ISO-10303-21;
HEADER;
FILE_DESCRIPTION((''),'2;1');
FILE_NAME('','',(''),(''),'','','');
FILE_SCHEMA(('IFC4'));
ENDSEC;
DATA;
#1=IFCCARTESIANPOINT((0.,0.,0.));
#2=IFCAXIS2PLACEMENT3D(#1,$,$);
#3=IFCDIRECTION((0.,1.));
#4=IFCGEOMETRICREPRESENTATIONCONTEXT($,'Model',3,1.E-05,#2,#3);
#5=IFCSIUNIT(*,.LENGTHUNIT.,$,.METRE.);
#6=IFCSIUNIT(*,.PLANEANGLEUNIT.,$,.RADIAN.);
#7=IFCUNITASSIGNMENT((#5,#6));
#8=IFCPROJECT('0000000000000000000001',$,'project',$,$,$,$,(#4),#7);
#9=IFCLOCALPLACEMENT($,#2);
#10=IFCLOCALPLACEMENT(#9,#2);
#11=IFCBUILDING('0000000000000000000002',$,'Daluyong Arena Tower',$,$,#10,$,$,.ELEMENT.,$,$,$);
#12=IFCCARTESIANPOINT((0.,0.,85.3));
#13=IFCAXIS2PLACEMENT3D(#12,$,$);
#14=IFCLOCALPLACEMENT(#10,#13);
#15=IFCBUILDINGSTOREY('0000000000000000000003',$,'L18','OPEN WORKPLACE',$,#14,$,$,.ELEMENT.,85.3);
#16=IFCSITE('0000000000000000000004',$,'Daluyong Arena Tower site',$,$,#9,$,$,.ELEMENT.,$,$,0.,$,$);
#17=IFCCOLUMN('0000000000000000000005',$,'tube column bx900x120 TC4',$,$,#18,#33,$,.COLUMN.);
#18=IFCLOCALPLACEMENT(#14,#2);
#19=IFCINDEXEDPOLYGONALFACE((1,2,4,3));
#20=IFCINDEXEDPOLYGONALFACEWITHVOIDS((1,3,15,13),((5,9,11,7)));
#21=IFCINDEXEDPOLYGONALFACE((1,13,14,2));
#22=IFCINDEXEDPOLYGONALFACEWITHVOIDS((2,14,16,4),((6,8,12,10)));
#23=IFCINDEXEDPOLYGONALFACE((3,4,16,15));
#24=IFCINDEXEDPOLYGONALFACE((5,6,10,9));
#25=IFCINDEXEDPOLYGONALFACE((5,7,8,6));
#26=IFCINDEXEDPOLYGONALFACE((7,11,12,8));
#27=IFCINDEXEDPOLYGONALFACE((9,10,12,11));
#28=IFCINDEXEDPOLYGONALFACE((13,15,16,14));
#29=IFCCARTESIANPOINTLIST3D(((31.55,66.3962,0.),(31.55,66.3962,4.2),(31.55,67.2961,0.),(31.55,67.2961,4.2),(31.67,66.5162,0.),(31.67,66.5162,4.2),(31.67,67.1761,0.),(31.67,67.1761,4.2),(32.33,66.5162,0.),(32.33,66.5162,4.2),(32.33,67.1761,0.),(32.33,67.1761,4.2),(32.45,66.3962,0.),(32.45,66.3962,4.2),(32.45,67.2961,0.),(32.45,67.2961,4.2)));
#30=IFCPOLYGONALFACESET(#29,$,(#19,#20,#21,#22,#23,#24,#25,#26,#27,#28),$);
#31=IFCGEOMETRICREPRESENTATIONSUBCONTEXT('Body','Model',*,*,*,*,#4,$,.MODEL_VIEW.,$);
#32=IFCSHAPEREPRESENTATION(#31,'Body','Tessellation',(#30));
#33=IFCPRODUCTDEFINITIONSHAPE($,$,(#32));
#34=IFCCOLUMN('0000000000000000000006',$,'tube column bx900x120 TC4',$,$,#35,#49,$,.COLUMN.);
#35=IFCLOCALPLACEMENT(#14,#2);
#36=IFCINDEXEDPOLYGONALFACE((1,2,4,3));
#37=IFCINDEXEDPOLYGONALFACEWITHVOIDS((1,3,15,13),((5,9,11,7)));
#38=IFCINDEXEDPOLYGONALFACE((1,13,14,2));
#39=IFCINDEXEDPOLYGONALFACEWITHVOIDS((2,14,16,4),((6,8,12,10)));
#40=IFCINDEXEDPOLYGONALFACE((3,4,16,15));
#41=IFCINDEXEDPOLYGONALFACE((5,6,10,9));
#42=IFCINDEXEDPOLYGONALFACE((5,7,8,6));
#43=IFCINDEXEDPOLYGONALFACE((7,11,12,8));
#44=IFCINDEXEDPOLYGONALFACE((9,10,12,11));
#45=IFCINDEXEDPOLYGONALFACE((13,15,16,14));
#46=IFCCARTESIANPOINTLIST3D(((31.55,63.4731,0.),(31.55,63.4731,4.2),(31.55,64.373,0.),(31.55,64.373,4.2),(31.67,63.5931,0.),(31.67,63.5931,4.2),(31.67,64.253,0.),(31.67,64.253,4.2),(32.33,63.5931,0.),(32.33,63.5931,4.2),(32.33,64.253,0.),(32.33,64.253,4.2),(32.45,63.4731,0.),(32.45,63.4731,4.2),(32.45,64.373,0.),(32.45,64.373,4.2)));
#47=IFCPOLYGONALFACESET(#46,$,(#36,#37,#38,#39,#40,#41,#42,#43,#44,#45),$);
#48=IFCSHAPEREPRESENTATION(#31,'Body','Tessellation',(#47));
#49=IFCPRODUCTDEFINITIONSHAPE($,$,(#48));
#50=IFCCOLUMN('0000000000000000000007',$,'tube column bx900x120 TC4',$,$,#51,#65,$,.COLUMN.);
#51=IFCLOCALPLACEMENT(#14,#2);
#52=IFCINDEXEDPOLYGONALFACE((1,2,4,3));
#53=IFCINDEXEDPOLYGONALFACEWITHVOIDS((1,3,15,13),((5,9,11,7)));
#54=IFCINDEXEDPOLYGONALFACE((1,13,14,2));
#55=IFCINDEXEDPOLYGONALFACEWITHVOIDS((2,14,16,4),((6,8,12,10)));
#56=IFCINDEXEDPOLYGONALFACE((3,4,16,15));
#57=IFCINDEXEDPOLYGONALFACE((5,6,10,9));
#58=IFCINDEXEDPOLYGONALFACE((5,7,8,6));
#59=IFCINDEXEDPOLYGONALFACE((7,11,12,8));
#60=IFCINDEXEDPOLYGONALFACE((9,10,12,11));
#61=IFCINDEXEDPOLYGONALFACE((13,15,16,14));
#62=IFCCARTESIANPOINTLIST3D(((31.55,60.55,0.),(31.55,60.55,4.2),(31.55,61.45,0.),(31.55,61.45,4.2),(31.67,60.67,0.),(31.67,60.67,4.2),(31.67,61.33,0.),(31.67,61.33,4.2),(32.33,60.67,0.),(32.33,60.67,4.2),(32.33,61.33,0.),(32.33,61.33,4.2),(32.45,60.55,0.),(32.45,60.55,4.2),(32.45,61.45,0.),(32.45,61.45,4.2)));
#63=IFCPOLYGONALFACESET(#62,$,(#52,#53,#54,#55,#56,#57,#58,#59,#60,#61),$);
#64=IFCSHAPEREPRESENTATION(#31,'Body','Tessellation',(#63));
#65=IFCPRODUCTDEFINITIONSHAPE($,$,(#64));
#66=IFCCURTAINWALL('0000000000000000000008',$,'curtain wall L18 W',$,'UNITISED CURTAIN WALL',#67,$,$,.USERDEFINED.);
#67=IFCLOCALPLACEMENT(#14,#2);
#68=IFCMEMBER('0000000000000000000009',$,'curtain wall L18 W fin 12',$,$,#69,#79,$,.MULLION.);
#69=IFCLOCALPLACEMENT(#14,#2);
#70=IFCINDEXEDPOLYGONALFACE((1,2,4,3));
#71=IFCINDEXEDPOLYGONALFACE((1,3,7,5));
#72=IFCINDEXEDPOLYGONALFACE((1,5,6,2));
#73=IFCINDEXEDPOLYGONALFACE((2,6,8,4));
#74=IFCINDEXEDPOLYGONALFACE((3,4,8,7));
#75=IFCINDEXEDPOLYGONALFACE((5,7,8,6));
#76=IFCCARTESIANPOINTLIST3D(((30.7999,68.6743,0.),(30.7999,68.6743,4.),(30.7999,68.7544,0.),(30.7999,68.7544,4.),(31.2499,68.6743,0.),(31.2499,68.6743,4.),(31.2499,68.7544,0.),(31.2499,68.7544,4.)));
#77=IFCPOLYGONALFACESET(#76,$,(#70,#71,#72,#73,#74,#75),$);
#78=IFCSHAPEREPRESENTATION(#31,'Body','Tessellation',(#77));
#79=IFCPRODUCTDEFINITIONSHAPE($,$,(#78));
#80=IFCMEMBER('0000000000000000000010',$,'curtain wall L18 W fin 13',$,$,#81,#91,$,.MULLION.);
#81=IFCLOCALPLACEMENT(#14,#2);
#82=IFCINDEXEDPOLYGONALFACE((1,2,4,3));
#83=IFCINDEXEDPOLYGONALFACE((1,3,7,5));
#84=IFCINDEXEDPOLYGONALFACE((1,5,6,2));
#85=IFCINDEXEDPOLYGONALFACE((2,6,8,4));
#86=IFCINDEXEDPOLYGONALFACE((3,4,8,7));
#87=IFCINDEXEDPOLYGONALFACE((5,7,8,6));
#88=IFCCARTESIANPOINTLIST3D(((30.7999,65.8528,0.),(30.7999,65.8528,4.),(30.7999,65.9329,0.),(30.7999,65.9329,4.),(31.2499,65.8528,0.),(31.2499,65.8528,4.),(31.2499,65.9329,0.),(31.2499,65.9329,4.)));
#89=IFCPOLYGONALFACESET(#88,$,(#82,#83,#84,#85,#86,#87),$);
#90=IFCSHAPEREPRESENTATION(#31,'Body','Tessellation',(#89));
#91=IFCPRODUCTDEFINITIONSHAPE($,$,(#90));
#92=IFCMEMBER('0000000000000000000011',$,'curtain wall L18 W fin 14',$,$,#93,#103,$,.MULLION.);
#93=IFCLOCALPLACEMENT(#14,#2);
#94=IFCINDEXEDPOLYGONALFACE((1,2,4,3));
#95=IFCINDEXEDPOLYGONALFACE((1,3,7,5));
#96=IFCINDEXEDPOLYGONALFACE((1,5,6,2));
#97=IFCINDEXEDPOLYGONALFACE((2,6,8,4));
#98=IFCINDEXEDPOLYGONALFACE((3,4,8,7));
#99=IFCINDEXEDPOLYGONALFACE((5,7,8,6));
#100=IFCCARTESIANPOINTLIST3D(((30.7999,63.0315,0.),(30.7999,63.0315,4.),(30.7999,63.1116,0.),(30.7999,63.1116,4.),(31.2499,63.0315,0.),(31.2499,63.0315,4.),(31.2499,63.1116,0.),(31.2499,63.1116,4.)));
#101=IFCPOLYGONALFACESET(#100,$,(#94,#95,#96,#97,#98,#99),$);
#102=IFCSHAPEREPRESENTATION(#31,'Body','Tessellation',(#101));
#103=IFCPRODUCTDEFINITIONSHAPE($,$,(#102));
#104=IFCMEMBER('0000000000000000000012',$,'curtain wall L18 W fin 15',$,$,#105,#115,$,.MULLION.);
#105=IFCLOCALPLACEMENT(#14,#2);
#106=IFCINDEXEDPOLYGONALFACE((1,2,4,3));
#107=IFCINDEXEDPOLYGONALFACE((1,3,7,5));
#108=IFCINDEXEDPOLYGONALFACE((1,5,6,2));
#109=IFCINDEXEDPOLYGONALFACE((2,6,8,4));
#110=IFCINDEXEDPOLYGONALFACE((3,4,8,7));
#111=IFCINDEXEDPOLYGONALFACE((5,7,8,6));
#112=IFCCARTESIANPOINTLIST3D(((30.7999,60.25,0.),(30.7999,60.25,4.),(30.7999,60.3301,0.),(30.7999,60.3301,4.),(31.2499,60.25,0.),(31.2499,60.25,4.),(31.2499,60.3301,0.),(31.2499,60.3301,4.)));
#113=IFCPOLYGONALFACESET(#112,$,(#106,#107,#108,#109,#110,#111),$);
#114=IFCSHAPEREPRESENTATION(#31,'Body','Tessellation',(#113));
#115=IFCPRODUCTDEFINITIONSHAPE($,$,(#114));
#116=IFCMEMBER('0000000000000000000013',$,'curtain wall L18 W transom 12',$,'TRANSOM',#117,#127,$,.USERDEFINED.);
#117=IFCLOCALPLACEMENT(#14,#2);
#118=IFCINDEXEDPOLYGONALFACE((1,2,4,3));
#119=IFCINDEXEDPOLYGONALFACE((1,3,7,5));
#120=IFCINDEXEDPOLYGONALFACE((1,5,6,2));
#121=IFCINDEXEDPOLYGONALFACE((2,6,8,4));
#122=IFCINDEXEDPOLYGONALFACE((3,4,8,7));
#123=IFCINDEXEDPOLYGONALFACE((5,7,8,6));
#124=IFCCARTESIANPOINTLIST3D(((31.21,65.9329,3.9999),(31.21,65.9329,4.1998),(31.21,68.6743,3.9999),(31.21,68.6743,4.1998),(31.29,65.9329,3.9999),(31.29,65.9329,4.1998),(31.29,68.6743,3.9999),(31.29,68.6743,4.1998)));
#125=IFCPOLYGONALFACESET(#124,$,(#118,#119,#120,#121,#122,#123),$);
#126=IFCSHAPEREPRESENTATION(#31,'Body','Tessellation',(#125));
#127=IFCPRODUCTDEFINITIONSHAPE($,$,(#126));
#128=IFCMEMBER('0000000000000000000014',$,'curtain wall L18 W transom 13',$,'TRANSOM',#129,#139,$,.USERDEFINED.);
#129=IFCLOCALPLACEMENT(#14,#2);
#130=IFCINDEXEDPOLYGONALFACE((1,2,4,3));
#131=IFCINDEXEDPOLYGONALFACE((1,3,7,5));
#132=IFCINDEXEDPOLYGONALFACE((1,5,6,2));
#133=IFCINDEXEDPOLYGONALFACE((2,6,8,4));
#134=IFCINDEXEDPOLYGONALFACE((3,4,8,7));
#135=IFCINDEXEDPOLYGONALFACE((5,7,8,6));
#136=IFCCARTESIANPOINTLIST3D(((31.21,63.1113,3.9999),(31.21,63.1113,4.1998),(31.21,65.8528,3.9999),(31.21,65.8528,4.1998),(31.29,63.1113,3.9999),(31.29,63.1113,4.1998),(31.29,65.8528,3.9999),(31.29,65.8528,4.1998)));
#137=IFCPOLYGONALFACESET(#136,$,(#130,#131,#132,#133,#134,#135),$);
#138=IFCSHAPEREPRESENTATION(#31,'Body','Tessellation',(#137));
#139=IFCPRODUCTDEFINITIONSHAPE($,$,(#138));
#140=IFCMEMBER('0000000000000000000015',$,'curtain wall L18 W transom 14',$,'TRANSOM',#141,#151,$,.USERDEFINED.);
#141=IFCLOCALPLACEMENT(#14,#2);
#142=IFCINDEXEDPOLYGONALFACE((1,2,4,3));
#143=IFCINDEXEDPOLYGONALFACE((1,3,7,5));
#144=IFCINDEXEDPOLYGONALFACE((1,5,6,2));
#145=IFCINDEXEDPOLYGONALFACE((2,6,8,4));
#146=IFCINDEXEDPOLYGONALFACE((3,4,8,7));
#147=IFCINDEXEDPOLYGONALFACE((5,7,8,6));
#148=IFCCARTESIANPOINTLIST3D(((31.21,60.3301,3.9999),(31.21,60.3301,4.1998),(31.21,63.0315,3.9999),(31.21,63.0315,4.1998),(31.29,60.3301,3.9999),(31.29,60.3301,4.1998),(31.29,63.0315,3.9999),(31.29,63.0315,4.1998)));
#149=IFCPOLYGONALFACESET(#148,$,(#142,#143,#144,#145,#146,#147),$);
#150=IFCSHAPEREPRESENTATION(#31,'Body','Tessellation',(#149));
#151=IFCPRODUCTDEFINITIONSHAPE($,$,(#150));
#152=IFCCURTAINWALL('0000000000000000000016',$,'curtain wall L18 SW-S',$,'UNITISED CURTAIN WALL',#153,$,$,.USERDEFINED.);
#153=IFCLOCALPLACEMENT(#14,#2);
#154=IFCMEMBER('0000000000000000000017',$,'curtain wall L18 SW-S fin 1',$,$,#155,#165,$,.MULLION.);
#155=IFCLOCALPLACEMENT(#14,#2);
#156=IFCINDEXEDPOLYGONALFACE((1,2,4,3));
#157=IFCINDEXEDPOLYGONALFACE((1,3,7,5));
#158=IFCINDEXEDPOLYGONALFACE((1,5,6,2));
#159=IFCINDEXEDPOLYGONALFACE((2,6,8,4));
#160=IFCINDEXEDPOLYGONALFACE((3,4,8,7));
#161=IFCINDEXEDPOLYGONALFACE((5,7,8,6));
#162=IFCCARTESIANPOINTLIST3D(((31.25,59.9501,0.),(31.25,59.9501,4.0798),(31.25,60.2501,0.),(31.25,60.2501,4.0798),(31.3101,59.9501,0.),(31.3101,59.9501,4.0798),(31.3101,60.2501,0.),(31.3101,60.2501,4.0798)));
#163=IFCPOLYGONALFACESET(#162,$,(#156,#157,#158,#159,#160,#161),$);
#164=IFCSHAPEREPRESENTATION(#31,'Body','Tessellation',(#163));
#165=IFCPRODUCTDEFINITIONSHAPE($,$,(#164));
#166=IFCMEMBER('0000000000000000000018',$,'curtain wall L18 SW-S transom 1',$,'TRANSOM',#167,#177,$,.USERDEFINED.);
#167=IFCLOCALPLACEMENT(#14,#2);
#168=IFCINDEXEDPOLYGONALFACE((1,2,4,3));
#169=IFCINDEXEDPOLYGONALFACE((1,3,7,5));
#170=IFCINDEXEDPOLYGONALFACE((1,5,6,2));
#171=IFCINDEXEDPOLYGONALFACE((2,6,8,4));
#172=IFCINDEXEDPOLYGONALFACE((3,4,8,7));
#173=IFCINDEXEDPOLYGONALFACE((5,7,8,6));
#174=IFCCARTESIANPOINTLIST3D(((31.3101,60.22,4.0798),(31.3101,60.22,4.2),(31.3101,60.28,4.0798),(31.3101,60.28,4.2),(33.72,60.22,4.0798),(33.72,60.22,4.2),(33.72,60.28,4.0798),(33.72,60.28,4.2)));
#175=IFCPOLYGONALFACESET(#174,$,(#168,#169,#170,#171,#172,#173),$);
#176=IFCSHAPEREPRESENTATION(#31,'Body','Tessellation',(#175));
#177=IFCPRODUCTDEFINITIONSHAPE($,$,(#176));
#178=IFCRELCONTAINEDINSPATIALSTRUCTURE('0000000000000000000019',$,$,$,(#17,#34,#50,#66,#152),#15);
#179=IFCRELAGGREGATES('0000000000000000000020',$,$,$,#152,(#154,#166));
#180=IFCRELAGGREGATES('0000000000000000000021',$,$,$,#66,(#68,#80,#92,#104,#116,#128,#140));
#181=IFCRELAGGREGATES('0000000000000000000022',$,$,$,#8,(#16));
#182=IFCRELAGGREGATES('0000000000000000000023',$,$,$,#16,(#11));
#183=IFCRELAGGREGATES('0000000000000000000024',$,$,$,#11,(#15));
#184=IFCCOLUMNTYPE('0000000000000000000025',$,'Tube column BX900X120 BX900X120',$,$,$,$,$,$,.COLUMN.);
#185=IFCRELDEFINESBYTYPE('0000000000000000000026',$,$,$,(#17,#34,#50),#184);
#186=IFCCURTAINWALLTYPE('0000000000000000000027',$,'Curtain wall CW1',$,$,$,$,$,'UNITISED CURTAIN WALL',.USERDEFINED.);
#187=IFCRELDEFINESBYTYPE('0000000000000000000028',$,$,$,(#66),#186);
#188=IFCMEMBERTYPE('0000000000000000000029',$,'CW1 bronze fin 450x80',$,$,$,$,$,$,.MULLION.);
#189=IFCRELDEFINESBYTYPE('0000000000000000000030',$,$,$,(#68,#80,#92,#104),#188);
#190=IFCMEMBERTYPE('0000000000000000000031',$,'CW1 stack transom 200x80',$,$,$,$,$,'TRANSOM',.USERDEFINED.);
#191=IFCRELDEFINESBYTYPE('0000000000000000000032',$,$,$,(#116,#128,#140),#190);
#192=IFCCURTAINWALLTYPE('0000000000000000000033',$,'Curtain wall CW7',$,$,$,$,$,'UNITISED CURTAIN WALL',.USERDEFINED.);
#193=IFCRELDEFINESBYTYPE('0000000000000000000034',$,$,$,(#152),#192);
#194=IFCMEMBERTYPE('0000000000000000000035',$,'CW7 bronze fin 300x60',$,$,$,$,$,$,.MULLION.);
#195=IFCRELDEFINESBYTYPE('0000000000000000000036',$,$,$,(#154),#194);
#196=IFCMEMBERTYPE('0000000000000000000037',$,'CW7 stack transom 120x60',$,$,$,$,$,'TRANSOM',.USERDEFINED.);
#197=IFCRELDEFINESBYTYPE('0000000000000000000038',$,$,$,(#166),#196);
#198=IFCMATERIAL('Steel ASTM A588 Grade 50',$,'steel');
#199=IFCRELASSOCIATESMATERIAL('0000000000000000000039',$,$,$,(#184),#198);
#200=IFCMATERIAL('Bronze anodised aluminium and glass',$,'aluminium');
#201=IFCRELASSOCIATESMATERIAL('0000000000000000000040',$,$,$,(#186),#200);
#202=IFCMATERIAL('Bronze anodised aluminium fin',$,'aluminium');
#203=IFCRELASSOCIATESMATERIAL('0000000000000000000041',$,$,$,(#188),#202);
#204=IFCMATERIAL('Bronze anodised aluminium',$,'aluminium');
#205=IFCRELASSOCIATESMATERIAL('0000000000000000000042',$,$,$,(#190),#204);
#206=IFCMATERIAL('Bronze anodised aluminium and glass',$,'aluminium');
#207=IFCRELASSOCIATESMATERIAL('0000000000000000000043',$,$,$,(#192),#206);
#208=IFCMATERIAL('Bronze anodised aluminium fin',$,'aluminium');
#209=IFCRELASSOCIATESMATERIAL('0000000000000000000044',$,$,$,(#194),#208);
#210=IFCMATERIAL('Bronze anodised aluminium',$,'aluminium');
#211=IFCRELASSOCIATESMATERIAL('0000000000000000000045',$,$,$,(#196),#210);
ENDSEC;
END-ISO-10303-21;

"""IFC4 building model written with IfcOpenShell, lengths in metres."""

from ifc_helpers import new_model, si_unit, direction, frame, origin, origin_2d, place, context, subcontext, project, spatial, rectangle, hollow_rectangle, extrude, material, material_profile, profile_set, type_object, element, aggregate, save


model = new_model("IFC4")

# Units and contexts
model_context = context("Model", 3, precision=1e-05, world=origin(), true_north=direction((0.0, 1.0)))
body_context = subcontext(model_context, "Body", "Model", "MODEL_VIEW")
ifc_project = project(units=[si_unit("LENGTHUNIT", "METRE"), si_unit("PLANEANGLEUNIT", "RADIAN")], contexts=[model_context])

# Site, building, storey
site_placement = place(None, origin())
site = spatial("IfcSite", under=ifc_project, at=site_placement, Name="Daluyong Arena Tower site", CompositionType="ELEMENT", RefElevation=0.0)
building_placement = place(site_placement, origin())
building = spatial("IfcBuilding", under=site, at=building_placement, Name="Daluyong Arena Tower", CompositionType="ELEMENT")
storey_placement = place(building_placement, frame((0.0, 0.0, 85.3)))
storey = spatial("IfcBuildingStorey", under=building, at=storey_placement, Name="L18", Description="OPEN WORKPLACE", CompositionType="ELEMENT", Elevation=85.3)

# Columns
ifc_material_1 = material(Name="Steel ASTM A588 Grade 50", Category="steel")
ifc_material_profile_1 = material_profile(ifc_material_1, hollow_rectangle(XDim=0.8999, YDim=0.8999, WallThickness=0.12, at=origin_2d()))
ifc_profile_set_1 = profile_set([ifc_material_profile_1], Name="Steel ASTM A588 Grade 50")
column_type = type_object("IfcColumnType", Name="Tube column BX900X120 BX900X120", PredefinedType="COLUMN", material=ifc_profile_set_1)
for number, where, z_axis, x_axis, name in (
    (1, (32.0, 66.8462, 0.0), (0.0, 0.0, 1.0), (0.0, 1.0, 0.0), "tube column bx900x120 TC4"),
    (2, (32.0, 63.9231, 0.0), (0.0, 0.0, 1.0), (0.0, 1.0, 0.0), "tube column bx900x120 TC4"),
    (3, (32.0, 61.0, 0.0), (0.0, 0.0, 1.0), (1.0, 0.0, 0.0), "tube column bx900x120 TC4"),
):
    element("IfcColumn", number, at=place(storey_placement, frame(where, z_axis=z_axis, x_axis=x_axis)), inside=storey, type_object=column_type, Name=name, PredefinedType="COLUMN", context=body_context, shape_type="SweptSolid", body=[
        extrude(hollow_rectangle(XDim=0.8999, YDim=0.8999, WallThickness=0.12, at=origin_2d()), origin(), (0.0, 0.0, 1.0), 4.2),
    ])

# Curtain walls, members
ifc_material_2 = material(Name="Bronze anodised aluminium and glass", Category="aluminium")
curtain_wall_type_1 = type_object("IfcCurtainWallType", Name="Curtain wall CW1", ElementType="UNITISED CURTAIN WALL", PredefinedType="USERDEFINED", material=ifc_material_2)
curtain_wall_1_placement = place(storey_placement, origin())
curtain_wall_1 = element("IfcCurtainWall", 4, at=curtain_wall_1_placement, inside=storey, type_object=curtain_wall_type_1, Name="curtain wall L18 W", ObjectType="UNITISED CURTAIN WALL", PredefinedType="USERDEFINED")
ifc_material_3 = material(Name="Bronze anodised aluminium fin", Category="aluminium")
ifc_material_profile_2 = material_profile(ifc_material_3, rectangle(XDim=0.45, YDim=0.0801, at=origin_2d()))
ifc_profile_set_2 = profile_set([ifc_material_profile_2], Name="Bronze anodised aluminium fin")
member_type_1 = type_object("IfcMemberType", Name="CW1 bronze fin 450x80", PredefinedType="MULLION", material=ifc_profile_set_2)
member_1_placement = place(storey_placement, frame((31.0249, 68.7144, 0.0), z_axis=(0.0, 0.0, 1.0), x_axis=(1.0, 0.0, 0.0)))
member_1 = element("IfcMember", 5, at=member_1_placement, type_object=member_type_1, Name="curtain wall L18 W fin 12", PredefinedType="MULLION", context=body_context, shape_type="SweptSolid", body=[
    extrude(rectangle(XDim=0.45, YDim=0.0801, at=origin_2d()), origin(), (0.0, 0.0, 1.0), 4.0),
])
member_2_placement = place(storey_placement, frame((31.0249, 65.8928, 0.0), z_axis=(0.0, 0.0, 1.0), x_axis=(1.0, 0.0, 0.0)))
member_2 = element("IfcMember", 6, at=member_2_placement, type_object=member_type_1, Name="curtain wall L18 W fin 13", PredefinedType="MULLION", context=body_context, shape_type="SweptSolid", body=[
    extrude(rectangle(XDim=0.45, YDim=0.0801, at=origin_2d()), origin(), (0.0, 0.0, 1.0), 4.0),
])
member_3_placement = place(storey_placement, frame((31.0249, 63.0715, 0.0), z_axis=(0.0, 0.0, 1.0), x_axis=(1.0, 0.0, 0.0)))
member_3 = element("IfcMember", 7, at=member_3_placement, type_object=member_type_1, Name="curtain wall L18 W fin 14", PredefinedType="MULLION", context=body_context, shape_type="SweptSolid", body=[
    extrude(rectangle(XDim=0.45, YDim=0.0801, at=origin_2d()), origin(), (0.0, 0.0, 1.0), 4.0),
])
member_4_placement = place(storey_placement, frame((31.0249, 60.29, 0.0), z_axis=(0.0, 0.0, 1.0), x_axis=(1.0, 0.0, 0.0)))
member_4 = element("IfcMember", 8, at=member_4_placement, type_object=member_type_1, Name="curtain wall L18 W fin 15", PredefinedType="MULLION", context=body_context, shape_type="SweptSolid", body=[
    extrude(rectangle(XDim=0.45, YDim=0.0801, at=origin_2d()), origin(), (0.0, 0.0, 1.0), 4.0),
])
ifc_material_4 = material(Name="Bronze anodised aluminium", Category="aluminium")
ifc_material_profile_3 = material_profile(ifc_material_4, rectangle(XDim=0.0801, YDim=0.2, at=origin_2d()))
ifc_profile_set_3 = profile_set([ifc_material_profile_3], Name="Bronze anodised aluminium")
member_type_2 = type_object("IfcMemberType", Name="CW1 stack transom 200x80", ElementType="TRANSOM", PredefinedType="USERDEFINED", material=ifc_profile_set_3)
member_5_placement = place(storey_placement, frame((31.25, 68.6743, 4.0999), z_axis=(0.0, -1.0, 0.0), x_axis=(1.0, 0.0, 0.0)))
member_5 = element("IfcMember", 9, at=member_5_placement, type_object=member_type_2, Name="curtain wall L18 W transom 12", ObjectType="TRANSOM", PredefinedType="USERDEFINED", context=body_context, shape_type="SweptSolid", body=[
    extrude(rectangle(XDim=0.0801, YDim=0.2, at=origin_2d()), origin(), (0.0, 0.0, 1.0), 2.7415),
])
member_6_placement = place(storey_placement, frame((31.25, 65.8528, 4.0999), z_axis=(0.0, -1.0, 0.0), x_axis=(1.0, 0.0, 0.0)))
member_6 = element("IfcMember", 10, at=member_6_placement, type_object=member_type_2, Name="curtain wall L18 W transom 13", ObjectType="TRANSOM", PredefinedType="USERDEFINED", context=body_context, shape_type="SweptSolid", body=[
    extrude(rectangle(XDim=0.0801, YDim=0.2, at=origin_2d()), origin(), (0.0, 0.0, 1.0), 2.7415),
])
member_7_placement = place(storey_placement, frame((31.25, 63.0315, 4.0999), z_axis=(0.0, -1.0, 0.0), x_axis=(1.0, 0.0, 0.0)))
member_7 = element("IfcMember", 11, at=member_7_placement, type_object=member_type_2, Name="curtain wall L18 W transom 14", ObjectType="TRANSOM", PredefinedType="USERDEFINED", context=body_context, shape_type="SweptSolid", body=[
    extrude(rectangle(XDim=0.0801, YDim=0.2, at=origin_2d()), origin(), (0.0, 0.0, 1.0), 2.7014),
])
ifc_material_5 = material(Name="Bronze anodised aluminium and glass", Category="aluminium")
curtain_wall_type_2 = type_object("IfcCurtainWallType", Name="Curtain wall CW7", ElementType="UNITISED CURTAIN WALL", PredefinedType="USERDEFINED", material=ifc_material_5)
curtain_wall_2_placement = place(storey_placement, origin())
curtain_wall_2 = element("IfcCurtainWall", 12, at=curtain_wall_2_placement, inside=storey, type_object=curtain_wall_type_2, Name="curtain wall L18 SW-S", ObjectType="UNITISED CURTAIN WALL", PredefinedType="USERDEFINED")
ifc_material_6 = material(Name="Bronze anodised aluminium fin", Category="aluminium")
ifc_material_profile_4 = material_profile(ifc_material_6, rectangle(XDim=0.3, YDim=0.0601, at=origin_2d()))
ifc_profile_set_4 = profile_set([ifc_material_profile_4], Name="Bronze anodised aluminium fin")
member_type_3 = type_object("IfcMemberType", Name="CW7 bronze fin 300x60", PredefinedType="MULLION", material=ifc_profile_set_4)
member_8_placement = place(storey_placement, frame((31.28, 60.1001, 0.0), z_axis=(0.0, 0.0, 1.0), x_axis=(0.0, 1.0, 0.0)))
member_8 = element("IfcMember", 13, at=member_8_placement, type_object=member_type_3, Name="curtain wall L18 SW-S fin 1", PredefinedType="MULLION", context=body_context, shape_type="SweptSolid", body=[
    extrude(rectangle(XDim=0.3, YDim=0.0601, at=origin_2d()), origin(), (0.0, 0.0, 1.0), 4.0798),
])
ifc_material_7 = material(Name="Bronze anodised aluminium", Category="aluminium")
ifc_material_profile_5 = material_profile(ifc_material_7, rectangle(XDim=0.0601, YDim=0.1201, at=origin_2d()))
ifc_profile_set_5 = profile_set([ifc_material_profile_5], Name="Bronze anodised aluminium")
member_type_4 = type_object("IfcMemberType", Name="CW7 stack transom 120x60", ElementType="TRANSOM", PredefinedType="USERDEFINED", material=ifc_profile_set_5)
member_9_placement = place(storey_placement, frame((31.3101, 60.25, 4.1399), z_axis=(1.0, 0.0, 0.0), x_axis=(0.0, 1.0, 0.0)))
member_9 = element("IfcMember", 14, at=member_9_placement, type_object=member_type_4, Name="curtain wall L18 SW-S transom 1", ObjectType="TRANSOM", PredefinedType="USERDEFINED", context=body_context, shape_type="SweptSolid", body=[
    extrude(rectangle(XDim=0.0601, YDim=0.1201, at=origin_2d()), origin(), (0.0, 0.0, 1.0), 2.4099),
])
aggregate(curtain_wall_2, [member_8, member_9])

aggregate(curtain_wall_1, [member_1, member_2, member_3, member_4, member_5, member_6, member_7])

save(model, "model.ifc")
